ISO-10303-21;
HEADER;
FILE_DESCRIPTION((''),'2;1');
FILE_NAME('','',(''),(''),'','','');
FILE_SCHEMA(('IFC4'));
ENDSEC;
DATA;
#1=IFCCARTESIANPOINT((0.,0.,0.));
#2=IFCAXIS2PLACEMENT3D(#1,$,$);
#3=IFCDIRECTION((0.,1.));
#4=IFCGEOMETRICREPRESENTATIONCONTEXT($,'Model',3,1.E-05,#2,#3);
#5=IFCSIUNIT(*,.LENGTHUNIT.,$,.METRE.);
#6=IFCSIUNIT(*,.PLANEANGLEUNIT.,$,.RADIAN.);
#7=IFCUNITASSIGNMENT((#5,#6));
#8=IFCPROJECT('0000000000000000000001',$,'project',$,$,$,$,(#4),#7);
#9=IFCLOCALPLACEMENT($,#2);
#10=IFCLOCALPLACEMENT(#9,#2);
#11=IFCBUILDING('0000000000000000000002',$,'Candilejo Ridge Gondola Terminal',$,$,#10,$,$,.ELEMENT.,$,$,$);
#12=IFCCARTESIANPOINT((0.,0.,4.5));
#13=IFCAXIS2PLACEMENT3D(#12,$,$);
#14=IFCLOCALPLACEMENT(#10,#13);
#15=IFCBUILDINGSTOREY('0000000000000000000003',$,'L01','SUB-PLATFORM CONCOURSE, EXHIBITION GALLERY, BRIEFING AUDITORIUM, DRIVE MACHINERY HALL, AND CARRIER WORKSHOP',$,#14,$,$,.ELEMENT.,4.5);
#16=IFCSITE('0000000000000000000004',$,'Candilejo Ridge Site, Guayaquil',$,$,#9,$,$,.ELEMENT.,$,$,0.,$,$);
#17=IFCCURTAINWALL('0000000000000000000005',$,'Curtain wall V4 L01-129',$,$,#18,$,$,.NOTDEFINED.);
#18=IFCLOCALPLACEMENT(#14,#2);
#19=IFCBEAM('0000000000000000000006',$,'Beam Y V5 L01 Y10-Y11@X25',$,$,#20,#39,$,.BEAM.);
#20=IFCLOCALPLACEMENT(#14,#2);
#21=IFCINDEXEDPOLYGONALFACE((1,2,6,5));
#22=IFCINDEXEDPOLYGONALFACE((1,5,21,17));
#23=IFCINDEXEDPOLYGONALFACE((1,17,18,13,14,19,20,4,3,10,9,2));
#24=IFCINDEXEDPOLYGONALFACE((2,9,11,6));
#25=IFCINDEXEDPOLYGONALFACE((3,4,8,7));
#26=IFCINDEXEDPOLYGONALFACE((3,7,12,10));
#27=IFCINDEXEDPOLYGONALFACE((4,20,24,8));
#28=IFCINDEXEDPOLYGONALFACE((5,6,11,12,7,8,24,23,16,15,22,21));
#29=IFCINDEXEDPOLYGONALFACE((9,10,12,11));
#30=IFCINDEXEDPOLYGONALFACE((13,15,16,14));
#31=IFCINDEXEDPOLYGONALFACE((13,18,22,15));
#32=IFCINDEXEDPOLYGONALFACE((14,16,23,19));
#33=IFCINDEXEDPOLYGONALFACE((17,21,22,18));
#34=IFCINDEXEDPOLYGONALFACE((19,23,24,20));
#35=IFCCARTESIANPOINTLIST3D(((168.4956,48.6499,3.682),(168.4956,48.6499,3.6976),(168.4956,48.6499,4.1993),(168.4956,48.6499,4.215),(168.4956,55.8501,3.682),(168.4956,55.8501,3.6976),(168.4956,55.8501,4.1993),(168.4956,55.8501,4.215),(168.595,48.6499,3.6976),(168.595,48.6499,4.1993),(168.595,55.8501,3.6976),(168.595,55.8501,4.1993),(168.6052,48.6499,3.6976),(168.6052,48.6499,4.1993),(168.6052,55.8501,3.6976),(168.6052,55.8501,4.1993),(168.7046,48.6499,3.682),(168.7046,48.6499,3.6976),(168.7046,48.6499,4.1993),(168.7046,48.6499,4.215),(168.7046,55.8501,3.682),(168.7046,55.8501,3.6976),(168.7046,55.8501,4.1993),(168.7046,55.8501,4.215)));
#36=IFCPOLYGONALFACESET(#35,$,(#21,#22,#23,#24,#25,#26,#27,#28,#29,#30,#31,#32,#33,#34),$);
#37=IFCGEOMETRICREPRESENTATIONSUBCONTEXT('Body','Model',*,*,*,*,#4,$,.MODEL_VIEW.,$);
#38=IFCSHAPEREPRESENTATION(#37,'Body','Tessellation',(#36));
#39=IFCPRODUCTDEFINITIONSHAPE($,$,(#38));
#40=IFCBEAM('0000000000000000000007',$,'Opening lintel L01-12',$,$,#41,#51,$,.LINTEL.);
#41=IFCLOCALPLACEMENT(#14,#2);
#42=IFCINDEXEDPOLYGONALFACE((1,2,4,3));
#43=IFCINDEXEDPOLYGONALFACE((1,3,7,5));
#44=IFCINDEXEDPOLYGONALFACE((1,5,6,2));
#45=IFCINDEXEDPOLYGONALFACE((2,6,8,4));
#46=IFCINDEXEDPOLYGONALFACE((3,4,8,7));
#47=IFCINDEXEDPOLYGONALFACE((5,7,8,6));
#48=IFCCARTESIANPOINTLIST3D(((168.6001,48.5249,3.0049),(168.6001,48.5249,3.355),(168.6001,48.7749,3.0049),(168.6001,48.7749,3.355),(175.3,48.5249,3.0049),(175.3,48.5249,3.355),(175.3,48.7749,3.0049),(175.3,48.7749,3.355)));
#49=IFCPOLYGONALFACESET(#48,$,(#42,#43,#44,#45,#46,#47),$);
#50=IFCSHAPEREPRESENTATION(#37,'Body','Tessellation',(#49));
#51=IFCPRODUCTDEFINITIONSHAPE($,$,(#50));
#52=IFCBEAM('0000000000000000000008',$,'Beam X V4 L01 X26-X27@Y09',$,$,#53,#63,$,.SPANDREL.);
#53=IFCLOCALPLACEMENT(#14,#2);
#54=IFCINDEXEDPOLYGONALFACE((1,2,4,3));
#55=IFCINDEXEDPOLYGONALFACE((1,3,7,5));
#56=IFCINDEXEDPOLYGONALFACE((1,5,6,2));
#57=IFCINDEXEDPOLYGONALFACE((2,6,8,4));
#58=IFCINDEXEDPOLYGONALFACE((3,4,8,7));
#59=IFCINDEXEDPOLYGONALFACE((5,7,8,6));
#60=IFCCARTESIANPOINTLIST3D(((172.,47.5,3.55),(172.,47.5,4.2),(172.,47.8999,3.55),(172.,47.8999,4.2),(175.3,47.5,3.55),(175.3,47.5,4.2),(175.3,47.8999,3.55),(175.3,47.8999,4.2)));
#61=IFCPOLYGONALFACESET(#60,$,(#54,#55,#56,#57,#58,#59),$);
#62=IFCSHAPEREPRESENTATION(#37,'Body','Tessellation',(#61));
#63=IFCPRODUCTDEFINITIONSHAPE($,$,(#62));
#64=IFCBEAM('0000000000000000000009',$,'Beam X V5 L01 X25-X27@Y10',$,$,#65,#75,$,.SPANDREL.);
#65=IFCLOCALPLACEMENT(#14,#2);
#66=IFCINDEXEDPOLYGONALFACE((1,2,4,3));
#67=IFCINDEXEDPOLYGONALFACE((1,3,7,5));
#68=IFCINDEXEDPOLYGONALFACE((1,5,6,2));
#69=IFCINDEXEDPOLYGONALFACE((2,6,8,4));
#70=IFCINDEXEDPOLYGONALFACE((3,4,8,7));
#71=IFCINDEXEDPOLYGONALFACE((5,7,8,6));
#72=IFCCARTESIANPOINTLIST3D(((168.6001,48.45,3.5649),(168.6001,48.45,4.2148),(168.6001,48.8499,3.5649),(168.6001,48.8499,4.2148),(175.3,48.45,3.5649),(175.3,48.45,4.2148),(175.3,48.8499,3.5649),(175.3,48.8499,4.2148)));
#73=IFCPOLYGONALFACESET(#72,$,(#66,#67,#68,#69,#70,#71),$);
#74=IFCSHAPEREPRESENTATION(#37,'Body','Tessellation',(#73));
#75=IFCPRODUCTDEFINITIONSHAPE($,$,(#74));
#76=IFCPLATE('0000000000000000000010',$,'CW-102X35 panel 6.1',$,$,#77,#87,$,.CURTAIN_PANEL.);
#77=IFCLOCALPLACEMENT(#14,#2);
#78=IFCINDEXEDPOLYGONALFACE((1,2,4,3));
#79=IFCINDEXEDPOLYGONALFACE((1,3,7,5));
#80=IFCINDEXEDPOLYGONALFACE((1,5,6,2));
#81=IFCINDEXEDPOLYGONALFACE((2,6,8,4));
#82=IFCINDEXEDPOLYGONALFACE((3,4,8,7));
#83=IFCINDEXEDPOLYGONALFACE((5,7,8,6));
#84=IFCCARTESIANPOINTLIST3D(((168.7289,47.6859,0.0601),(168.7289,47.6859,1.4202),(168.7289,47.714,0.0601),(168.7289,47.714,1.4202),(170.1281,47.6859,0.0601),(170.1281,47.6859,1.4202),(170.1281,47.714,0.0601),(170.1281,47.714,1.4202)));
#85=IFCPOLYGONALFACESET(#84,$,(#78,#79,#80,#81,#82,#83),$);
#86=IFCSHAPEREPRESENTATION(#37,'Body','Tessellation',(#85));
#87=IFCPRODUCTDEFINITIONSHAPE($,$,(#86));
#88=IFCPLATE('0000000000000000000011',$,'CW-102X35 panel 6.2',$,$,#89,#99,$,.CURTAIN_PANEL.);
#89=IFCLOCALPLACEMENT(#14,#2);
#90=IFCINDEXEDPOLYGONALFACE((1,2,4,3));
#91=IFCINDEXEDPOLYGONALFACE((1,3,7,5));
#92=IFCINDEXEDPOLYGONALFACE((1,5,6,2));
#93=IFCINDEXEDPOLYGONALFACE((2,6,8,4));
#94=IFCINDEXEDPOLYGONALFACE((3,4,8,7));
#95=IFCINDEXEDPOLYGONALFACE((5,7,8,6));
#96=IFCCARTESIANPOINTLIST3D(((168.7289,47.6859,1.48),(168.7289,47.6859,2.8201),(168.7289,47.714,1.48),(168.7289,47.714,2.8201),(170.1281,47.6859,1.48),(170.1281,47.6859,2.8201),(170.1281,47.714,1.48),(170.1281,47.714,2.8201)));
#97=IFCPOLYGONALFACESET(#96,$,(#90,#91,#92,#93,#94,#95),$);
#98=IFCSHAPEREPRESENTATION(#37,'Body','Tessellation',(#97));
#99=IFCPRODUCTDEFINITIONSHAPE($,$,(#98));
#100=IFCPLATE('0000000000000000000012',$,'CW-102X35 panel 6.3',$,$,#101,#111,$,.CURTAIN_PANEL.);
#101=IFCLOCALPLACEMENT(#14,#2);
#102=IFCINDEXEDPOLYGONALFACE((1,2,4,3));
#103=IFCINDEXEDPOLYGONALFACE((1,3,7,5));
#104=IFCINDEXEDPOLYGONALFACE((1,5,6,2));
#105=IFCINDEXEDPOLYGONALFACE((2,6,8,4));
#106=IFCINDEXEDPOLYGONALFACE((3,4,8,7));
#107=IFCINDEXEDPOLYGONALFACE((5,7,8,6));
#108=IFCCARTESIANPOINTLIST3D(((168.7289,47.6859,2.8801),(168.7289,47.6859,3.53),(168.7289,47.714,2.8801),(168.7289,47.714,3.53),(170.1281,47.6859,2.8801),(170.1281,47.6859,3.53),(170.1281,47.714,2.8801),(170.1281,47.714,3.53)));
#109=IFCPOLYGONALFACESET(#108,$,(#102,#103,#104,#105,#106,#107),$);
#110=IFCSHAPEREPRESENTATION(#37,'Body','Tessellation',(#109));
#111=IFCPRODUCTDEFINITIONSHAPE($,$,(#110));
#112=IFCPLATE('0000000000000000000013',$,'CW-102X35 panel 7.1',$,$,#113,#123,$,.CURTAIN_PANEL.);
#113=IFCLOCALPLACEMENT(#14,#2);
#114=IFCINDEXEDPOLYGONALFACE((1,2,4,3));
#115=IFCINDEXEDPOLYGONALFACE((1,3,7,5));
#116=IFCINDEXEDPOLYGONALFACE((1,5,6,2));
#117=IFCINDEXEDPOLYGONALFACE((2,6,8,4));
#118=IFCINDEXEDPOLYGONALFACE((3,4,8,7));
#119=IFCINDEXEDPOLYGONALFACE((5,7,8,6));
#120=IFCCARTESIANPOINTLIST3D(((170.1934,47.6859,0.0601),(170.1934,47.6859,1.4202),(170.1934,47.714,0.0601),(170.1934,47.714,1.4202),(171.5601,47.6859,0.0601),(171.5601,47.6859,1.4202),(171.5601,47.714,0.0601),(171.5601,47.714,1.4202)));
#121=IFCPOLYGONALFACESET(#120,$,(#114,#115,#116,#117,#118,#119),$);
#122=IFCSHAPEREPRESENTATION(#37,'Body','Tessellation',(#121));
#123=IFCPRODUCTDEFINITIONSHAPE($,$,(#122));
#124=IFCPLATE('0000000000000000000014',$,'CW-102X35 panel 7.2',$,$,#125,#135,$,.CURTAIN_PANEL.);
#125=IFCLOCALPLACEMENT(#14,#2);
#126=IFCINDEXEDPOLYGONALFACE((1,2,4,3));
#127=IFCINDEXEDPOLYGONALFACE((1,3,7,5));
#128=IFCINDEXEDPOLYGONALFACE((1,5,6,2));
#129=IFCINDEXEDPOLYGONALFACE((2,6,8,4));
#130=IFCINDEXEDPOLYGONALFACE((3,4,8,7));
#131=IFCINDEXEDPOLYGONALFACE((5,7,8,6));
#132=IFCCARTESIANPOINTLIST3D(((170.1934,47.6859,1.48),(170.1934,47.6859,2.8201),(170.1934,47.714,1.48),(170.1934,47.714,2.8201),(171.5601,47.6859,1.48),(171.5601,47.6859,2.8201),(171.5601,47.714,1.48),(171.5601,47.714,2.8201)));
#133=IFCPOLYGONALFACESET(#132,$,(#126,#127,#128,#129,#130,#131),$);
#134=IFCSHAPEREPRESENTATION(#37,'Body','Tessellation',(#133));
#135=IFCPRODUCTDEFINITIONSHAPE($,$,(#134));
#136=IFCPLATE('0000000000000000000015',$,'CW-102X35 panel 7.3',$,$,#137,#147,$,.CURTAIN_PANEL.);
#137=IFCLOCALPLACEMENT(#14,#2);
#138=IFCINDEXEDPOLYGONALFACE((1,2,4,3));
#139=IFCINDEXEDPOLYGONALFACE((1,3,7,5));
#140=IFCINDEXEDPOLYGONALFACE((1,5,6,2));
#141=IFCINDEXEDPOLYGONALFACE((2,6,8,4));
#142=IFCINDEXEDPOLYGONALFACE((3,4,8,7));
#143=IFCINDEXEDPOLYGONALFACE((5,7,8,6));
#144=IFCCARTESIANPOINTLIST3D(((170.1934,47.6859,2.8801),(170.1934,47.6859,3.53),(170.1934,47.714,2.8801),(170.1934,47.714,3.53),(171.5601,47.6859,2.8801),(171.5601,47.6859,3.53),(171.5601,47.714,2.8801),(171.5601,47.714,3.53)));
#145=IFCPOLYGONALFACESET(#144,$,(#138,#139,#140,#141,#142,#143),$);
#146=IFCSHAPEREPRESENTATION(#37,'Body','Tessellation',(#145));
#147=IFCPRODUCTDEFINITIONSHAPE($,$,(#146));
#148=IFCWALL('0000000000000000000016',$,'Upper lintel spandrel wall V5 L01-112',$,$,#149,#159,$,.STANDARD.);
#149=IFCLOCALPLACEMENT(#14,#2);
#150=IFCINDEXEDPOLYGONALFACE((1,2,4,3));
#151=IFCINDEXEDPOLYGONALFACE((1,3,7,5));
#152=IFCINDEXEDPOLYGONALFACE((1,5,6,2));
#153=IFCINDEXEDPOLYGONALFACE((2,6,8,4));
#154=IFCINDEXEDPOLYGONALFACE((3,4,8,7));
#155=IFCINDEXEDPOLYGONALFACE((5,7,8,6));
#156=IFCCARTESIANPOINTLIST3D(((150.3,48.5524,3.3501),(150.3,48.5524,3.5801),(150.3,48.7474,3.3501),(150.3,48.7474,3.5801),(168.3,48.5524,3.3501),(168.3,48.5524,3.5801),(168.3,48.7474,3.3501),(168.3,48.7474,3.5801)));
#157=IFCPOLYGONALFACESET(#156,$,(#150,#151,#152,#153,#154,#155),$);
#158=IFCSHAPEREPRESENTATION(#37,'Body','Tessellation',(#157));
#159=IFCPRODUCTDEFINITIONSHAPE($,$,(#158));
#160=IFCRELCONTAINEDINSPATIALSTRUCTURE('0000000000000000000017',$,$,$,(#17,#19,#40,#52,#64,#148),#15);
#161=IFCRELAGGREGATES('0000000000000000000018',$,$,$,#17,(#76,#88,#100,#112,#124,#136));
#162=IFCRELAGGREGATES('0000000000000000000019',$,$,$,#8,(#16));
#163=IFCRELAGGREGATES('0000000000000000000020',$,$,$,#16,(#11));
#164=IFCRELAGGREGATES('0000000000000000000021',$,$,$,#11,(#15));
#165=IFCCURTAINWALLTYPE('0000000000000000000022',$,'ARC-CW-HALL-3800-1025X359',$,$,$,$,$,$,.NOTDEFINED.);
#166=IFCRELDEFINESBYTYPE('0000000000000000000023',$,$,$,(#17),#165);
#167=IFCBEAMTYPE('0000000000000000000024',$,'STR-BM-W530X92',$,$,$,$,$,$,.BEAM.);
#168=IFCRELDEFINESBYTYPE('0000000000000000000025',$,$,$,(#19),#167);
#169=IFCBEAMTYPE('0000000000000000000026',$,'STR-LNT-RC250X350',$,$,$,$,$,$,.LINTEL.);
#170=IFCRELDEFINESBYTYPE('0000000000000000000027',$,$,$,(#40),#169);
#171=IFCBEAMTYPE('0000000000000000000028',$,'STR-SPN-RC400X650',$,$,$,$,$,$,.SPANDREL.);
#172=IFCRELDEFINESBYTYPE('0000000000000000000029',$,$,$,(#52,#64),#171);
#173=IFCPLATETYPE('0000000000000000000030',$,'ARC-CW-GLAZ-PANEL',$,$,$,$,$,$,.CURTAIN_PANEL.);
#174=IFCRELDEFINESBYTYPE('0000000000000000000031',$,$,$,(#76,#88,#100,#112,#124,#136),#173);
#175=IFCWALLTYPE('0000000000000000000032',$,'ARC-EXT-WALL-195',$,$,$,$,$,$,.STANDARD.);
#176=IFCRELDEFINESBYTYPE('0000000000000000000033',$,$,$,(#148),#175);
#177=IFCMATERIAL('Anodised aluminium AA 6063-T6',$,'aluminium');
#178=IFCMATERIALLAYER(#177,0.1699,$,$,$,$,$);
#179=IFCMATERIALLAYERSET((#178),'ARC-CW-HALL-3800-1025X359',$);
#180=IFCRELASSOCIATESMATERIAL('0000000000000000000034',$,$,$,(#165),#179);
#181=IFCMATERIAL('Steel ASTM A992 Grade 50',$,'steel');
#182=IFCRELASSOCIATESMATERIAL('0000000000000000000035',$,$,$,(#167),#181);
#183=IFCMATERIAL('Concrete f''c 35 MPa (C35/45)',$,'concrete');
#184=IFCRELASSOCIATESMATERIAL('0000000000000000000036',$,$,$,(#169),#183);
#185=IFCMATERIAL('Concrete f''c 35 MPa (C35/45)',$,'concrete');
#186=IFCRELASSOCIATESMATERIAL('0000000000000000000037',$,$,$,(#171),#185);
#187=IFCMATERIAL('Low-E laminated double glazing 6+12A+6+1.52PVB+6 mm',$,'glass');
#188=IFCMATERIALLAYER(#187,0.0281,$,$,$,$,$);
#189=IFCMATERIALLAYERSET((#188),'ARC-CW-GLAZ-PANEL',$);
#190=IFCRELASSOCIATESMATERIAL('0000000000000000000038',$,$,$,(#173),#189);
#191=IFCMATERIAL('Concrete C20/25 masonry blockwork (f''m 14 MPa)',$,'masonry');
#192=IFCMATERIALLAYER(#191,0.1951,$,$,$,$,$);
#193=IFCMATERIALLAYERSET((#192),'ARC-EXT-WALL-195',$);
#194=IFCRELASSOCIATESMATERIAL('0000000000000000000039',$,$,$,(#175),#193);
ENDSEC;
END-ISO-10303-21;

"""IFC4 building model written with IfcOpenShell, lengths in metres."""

from ifc_helpers import new_model, si_unit, direction, frame, frame_2d, origin, origin_2d, place, context, subcontext, project, spatial, rectangle, i_section, extrude, material, layer, layer_set, material_profile, profile_set, type_object, element, aggregate, save


model = new_model("IFC4")

# Units and contexts
model_context = context("Model", 3, precision=1e-05, world=origin(), true_north=direction((0.0, 1.0)))
body_context = subcontext(model_context, "Body", "Model", "MODEL_VIEW")
ifc_project = project(units=[si_unit("LENGTHUNIT", "METRE"), si_unit("PLANEANGLEUNIT", "RADIAN")], contexts=[model_context])

# Site, building, storey
site_placement = place(None, origin())
site = spatial("IfcSite", under=ifc_project, at=site_placement, Name="Candilejo Ridge Site, Guayaquil", CompositionType="ELEMENT", RefElevation=0.0)
building_placement = place(site_placement, origin())
building = spatial("IfcBuilding", under=site, at=building_placement, Name="Candilejo Ridge Gondola Terminal", CompositionType="ELEMENT")
storey_placement = place(building_placement, frame((0.0, 0.0, 4.5)))
storey = spatial("IfcBuildingStorey", under=building, at=storey_placement, Name="L01", Description="SUB-PLATFORM CONCOURSE, EXHIBITION GALLERY, BRIEFING AUDITORIUM, DRIVE MACHINERY HALL, AND CARRIER WORKSHOP", CompositionType="ELEMENT", Elevation=4.5)

# Curtain wall
ifc_material_1 = material(Name="Anodised aluminium AA 6063-T6", Category="aluminium")
ifc_layer_1 = layer(ifc_material_1, 0.1699)
ifc_layer_set_1 = layer_set([ifc_layer_1], Name="ARC-CW-HALL-3800-1025X359")
curtain_wall_type = type_object("IfcCurtainWallType", Name="ARC-CW-HALL-3800-1025X359", PredefinedType="NOTDEFINED", material=ifc_layer_set_1)
curtain_wall_placement = place(storey_placement, origin())
curtain_wall = element("IfcCurtainWall", 1, at=curtain_wall_placement, inside=storey, type_object=curtain_wall_type, Name="Curtain wall V4 L01-129", PredefinedType="NOTDEFINED")

# Beams
ifc_material_2 = material(Name="Steel ASTM A992 Grade 50", Category="steel")
ifc_material_profile_1 = material_profile(ifc_material_2, i_section(OverallWidth=0.209, OverallDepth=0.533, WebThickness=0.0103, FlangeThickness=0.0156, at=origin_2d()))
ifc_profile_set_1 = profile_set([ifc_material_profile_1], Name="Steel ASTM A992 Grade 50")
beam_type_1 = type_object("IfcBeamType", Name="STR-BM-W530X92", PredefinedType="BEAM", material=ifc_profile_set_1)
beam_1_placement = place(storey_placement, frame((168.6001, 48.6499, 3.9485), z_axis=(0.0, 1.0, 0.0), x_axis=(-1.0, 0.0, 0.0)))
element("IfcBeam", 2, at=beam_1_placement, inside=storey, type_object=beam_type_1, Name="Beam Y V5 L01 Y10-Y11@X25", PredefinedType="BEAM", context=body_context, shape_type="SweptSolid", body=[
    extrude(i_section(OverallWidth=0.209, OverallDepth=0.533, WebThickness=0.0103, FlangeThickness=0.0156, at=origin_2d()), origin(), (0.0, 0.0, 1.0), 7.2002),
])
ifc_material_3 = material(Name="Concrete f'c 35 MPa (C35/45)", Category="concrete")
ifc_material_profile_2 = material_profile(ifc_material_3, rectangle(XDim=0.25, YDim=0.3501, at=origin_2d()))
ifc_profile_set_2 = profile_set([ifc_material_profile_2], Name="Concrete f'c 35 MPa (C35/45)")
beam_type_2 = type_object("IfcBeamType", Name="STR-LNT-RC250X350", PredefinedType="LINTEL", material=ifc_profile_set_2)
beam_2_placement = place(storey_placement, frame((168.6001, 48.6499, 3.1799), z_axis=(1.0, 0.0, 0.0), x_axis=(0.0, 1.0, 0.0)))
element("IfcBeam", 3, at=beam_2_placement, inside=storey, type_object=beam_type_2, Name="Opening lintel L01-12", PredefinedType="LINTEL", context=body_context, shape_type="SweptSolid", body=[
    extrude(rectangle(XDim=0.25, YDim=0.3501, at=origin_2d()), origin(), (0.0, 0.0, 1.0), 6.7),
])
ifc_material_4 = material(Name="Concrete f'c 35 MPa (C35/45)", Category="concrete")
ifc_material_profile_3 = material_profile(ifc_material_4, rectangle(XDim=0.3999, YDim=0.6499, at=origin_2d()))
ifc_profile_set_3 = profile_set([ifc_material_profile_3], Name="Concrete f'c 35 MPa (C35/45)")
beam_type_3 = type_object("IfcBeamType", Name="STR-SPN-RC400X650", PredefinedType="SPANDREL", material=ifc_profile_set_3)
beam_3_placement = place(storey_placement, frame((172.0, 47.7, 3.875), z_axis=(1.0, 0.0, 0.0), x_axis=(0.0, 1.0, 0.0)))
element("IfcBeam", 4, at=beam_3_placement, inside=storey, type_object=beam_type_3, Name="Beam X V4 L01 X26-X27@Y09", PredefinedType="SPANDREL", context=body_context, shape_type="SweptSolid", body=[
    extrude(rectangle(XDim=0.3999, YDim=0.6499, at=origin_2d()), origin(), (0.0, 0.0, 1.0), 3.3),
])
beam_4_placement = place(storey_placement, frame((168.6001, 48.6499, 3.8899), z_axis=(1.0, 0.0, 0.0), x_axis=(0.0, 1.0, 0.0)))
element("IfcBeam", 5, at=beam_4_placement, inside=storey, type_object=beam_type_3, Name="Beam X V5 L01 X25-X27@Y10", PredefinedType="SPANDREL", context=body_context, shape_type="SweptSolid", body=[
    extrude(rectangle(XDim=0.3999, YDim=0.6499, at=origin_2d()), origin(), (0.0, 0.0, 1.0), 6.7),
])

# Plates
ifc_material_5 = material(Name="Low-E laminated double glazing 6+12A+6+1.52PVB+6 mm", Category="glass")
ifc_layer_2 = layer(ifc_material_5, 0.0281)
ifc_layer_set_2 = layer_set([ifc_layer_2], Name="ARC-CW-GLAZ-PANEL")
plate_type = type_object("IfcPlateType", Name="ARC-CW-GLAZ-PANEL", PredefinedType="CURTAIN_PANEL", material=ifc_layer_set_2)
plate_1_placement = place(storey_placement, frame((169.4285, 47.7, 0.0601), z_axis=(0.0, 0.0, 1.0), x_axis=(1.0, 0.0, 0.0)))
plate_1 = element("IfcPlate", 6, at=plate_1_placement, type_object=plate_type, Name="CW-102X35 panel 6.1", PredefinedType="CURTAIN_PANEL", context=body_context, shape_type="SweptSolid", body=[
    extrude(rectangle(XDim=1.3992, YDim=0.0281, at=origin_2d()), origin(), (0.0, 0.0, 1.0), 1.3601),
])
plate_2_placement = place(storey_placement, frame((169.4285, 47.7, 1.48), z_axis=(0.0, 0.0, 1.0), x_axis=(1.0, 0.0, 0.0)))
plate_2 = element("IfcPlate", 7, at=plate_2_placement, type_object=plate_type, Name="CW-102X35 panel 6.2", PredefinedType="CURTAIN_PANEL", context=body_context, shape_type="SweptSolid", body=[
    extrude(rectangle(XDim=1.3992, YDim=0.0281, at=origin_2d()), origin(), (0.0, 0.0, 1.0), 1.3401),
])
plate_3_placement = place(storey_placement, frame((169.4285, 47.7, 2.8801), z_axis=(0.0, 0.0, 1.0), x_axis=(1.0, 0.0, 0.0)))
plate_3 = element("IfcPlate", 8, at=plate_3_placement, type_object=plate_type, Name="CW-102X35 panel 6.3", PredefinedType="CURTAIN_PANEL", context=body_context, shape_type="SweptSolid", body=[
    extrude(rectangle(XDim=1.3992, YDim=0.0281, at=origin_2d()), origin(), (0.0, 0.0, 1.0), 0.6499),
])
plate_4_placement = place(storey_placement, frame((170.8767, 47.7, 0.0601), z_axis=(0.0, 0.0, 1.0), x_axis=(1.0, 0.0, 0.0)))
plate_4 = element("IfcPlate", 9, at=plate_4_placement, type_object=plate_type, Name="CW-102X35 panel 7.1", PredefinedType="CURTAIN_PANEL", context=body_context, shape_type="SweptSolid", body=[
    extrude(rectangle(XDim=1.3667, YDim=0.0281, at=origin_2d()), origin(), (0.0, 0.0, 1.0), 1.3601),
])
plate_5_placement = place(storey_placement, frame((170.8767, 47.7, 1.48), z_axis=(0.0, 0.0, 1.0), x_axis=(1.0, 0.0, 0.0)))
plate_5 = element("IfcPlate", 10, at=plate_5_placement, type_object=plate_type, Name="CW-102X35 panel 7.2", PredefinedType="CURTAIN_PANEL", context=body_context, shape_type="SweptSolid", body=[
    extrude(rectangle(XDim=1.3667, YDim=0.0281, at=origin_2d()), origin(), (0.0, 0.0, 1.0), 1.3401),
])
plate_6_placement = place(storey_placement, frame((170.8767, 47.7, 2.8801), z_axis=(0.0, 0.0, 1.0), x_axis=(1.0, 0.0, 0.0)))
plate_6 = element("IfcPlate", 11, at=plate_6_placement, type_object=plate_type, Name="CW-102X35 panel 7.3", PredefinedType="CURTAIN_PANEL", context=body_context, shape_type="SweptSolid", body=[
    extrude(rectangle(XDim=1.3667, YDim=0.0281, at=origin_2d()), origin(), (0.0, 0.0, 1.0), 0.6499),
])
aggregate(curtain_wall, [plate_1, plate_2, plate_3, plate_4, plate_5, plate_6])

# Wall
ifc_material_6 = material(Name="Concrete C20/25 masonry blockwork (f'm 14 MPa)", Category="masonry")
ifc_layer_3 = layer(ifc_material_6, 0.1951)
ifc_layer_set_3 = layer_set([ifc_layer_3], Name="ARC-EXT-WALL-195")
wall_type = type_object("IfcWallType", Name="ARC-EXT-WALL-195", PredefinedType="STANDARD", material=ifc_layer_set_3)
wall_placement = place(storey_placement, frame((168.3, 48.6499, 3.3501), z_axis=(0.0, 0.0, 1.0), x_axis=(-1.0, 0.0, 0.0)))
element("IfcWall", 12, at=wall_placement, inside=storey, type_object=wall_type, Name="Upper lintel spandrel wall V5 L01-112", PredefinedType="STANDARD", context=body_context, shape_type="SweptSolid", body=[
    extrude(rectangle(XDim=18.0, YDim=0.1951, at=frame_2d((9.0, 0.0))), origin(), (0.0, 0.0, 1.0), 0.23),
])

save(model, "model.ifc")
